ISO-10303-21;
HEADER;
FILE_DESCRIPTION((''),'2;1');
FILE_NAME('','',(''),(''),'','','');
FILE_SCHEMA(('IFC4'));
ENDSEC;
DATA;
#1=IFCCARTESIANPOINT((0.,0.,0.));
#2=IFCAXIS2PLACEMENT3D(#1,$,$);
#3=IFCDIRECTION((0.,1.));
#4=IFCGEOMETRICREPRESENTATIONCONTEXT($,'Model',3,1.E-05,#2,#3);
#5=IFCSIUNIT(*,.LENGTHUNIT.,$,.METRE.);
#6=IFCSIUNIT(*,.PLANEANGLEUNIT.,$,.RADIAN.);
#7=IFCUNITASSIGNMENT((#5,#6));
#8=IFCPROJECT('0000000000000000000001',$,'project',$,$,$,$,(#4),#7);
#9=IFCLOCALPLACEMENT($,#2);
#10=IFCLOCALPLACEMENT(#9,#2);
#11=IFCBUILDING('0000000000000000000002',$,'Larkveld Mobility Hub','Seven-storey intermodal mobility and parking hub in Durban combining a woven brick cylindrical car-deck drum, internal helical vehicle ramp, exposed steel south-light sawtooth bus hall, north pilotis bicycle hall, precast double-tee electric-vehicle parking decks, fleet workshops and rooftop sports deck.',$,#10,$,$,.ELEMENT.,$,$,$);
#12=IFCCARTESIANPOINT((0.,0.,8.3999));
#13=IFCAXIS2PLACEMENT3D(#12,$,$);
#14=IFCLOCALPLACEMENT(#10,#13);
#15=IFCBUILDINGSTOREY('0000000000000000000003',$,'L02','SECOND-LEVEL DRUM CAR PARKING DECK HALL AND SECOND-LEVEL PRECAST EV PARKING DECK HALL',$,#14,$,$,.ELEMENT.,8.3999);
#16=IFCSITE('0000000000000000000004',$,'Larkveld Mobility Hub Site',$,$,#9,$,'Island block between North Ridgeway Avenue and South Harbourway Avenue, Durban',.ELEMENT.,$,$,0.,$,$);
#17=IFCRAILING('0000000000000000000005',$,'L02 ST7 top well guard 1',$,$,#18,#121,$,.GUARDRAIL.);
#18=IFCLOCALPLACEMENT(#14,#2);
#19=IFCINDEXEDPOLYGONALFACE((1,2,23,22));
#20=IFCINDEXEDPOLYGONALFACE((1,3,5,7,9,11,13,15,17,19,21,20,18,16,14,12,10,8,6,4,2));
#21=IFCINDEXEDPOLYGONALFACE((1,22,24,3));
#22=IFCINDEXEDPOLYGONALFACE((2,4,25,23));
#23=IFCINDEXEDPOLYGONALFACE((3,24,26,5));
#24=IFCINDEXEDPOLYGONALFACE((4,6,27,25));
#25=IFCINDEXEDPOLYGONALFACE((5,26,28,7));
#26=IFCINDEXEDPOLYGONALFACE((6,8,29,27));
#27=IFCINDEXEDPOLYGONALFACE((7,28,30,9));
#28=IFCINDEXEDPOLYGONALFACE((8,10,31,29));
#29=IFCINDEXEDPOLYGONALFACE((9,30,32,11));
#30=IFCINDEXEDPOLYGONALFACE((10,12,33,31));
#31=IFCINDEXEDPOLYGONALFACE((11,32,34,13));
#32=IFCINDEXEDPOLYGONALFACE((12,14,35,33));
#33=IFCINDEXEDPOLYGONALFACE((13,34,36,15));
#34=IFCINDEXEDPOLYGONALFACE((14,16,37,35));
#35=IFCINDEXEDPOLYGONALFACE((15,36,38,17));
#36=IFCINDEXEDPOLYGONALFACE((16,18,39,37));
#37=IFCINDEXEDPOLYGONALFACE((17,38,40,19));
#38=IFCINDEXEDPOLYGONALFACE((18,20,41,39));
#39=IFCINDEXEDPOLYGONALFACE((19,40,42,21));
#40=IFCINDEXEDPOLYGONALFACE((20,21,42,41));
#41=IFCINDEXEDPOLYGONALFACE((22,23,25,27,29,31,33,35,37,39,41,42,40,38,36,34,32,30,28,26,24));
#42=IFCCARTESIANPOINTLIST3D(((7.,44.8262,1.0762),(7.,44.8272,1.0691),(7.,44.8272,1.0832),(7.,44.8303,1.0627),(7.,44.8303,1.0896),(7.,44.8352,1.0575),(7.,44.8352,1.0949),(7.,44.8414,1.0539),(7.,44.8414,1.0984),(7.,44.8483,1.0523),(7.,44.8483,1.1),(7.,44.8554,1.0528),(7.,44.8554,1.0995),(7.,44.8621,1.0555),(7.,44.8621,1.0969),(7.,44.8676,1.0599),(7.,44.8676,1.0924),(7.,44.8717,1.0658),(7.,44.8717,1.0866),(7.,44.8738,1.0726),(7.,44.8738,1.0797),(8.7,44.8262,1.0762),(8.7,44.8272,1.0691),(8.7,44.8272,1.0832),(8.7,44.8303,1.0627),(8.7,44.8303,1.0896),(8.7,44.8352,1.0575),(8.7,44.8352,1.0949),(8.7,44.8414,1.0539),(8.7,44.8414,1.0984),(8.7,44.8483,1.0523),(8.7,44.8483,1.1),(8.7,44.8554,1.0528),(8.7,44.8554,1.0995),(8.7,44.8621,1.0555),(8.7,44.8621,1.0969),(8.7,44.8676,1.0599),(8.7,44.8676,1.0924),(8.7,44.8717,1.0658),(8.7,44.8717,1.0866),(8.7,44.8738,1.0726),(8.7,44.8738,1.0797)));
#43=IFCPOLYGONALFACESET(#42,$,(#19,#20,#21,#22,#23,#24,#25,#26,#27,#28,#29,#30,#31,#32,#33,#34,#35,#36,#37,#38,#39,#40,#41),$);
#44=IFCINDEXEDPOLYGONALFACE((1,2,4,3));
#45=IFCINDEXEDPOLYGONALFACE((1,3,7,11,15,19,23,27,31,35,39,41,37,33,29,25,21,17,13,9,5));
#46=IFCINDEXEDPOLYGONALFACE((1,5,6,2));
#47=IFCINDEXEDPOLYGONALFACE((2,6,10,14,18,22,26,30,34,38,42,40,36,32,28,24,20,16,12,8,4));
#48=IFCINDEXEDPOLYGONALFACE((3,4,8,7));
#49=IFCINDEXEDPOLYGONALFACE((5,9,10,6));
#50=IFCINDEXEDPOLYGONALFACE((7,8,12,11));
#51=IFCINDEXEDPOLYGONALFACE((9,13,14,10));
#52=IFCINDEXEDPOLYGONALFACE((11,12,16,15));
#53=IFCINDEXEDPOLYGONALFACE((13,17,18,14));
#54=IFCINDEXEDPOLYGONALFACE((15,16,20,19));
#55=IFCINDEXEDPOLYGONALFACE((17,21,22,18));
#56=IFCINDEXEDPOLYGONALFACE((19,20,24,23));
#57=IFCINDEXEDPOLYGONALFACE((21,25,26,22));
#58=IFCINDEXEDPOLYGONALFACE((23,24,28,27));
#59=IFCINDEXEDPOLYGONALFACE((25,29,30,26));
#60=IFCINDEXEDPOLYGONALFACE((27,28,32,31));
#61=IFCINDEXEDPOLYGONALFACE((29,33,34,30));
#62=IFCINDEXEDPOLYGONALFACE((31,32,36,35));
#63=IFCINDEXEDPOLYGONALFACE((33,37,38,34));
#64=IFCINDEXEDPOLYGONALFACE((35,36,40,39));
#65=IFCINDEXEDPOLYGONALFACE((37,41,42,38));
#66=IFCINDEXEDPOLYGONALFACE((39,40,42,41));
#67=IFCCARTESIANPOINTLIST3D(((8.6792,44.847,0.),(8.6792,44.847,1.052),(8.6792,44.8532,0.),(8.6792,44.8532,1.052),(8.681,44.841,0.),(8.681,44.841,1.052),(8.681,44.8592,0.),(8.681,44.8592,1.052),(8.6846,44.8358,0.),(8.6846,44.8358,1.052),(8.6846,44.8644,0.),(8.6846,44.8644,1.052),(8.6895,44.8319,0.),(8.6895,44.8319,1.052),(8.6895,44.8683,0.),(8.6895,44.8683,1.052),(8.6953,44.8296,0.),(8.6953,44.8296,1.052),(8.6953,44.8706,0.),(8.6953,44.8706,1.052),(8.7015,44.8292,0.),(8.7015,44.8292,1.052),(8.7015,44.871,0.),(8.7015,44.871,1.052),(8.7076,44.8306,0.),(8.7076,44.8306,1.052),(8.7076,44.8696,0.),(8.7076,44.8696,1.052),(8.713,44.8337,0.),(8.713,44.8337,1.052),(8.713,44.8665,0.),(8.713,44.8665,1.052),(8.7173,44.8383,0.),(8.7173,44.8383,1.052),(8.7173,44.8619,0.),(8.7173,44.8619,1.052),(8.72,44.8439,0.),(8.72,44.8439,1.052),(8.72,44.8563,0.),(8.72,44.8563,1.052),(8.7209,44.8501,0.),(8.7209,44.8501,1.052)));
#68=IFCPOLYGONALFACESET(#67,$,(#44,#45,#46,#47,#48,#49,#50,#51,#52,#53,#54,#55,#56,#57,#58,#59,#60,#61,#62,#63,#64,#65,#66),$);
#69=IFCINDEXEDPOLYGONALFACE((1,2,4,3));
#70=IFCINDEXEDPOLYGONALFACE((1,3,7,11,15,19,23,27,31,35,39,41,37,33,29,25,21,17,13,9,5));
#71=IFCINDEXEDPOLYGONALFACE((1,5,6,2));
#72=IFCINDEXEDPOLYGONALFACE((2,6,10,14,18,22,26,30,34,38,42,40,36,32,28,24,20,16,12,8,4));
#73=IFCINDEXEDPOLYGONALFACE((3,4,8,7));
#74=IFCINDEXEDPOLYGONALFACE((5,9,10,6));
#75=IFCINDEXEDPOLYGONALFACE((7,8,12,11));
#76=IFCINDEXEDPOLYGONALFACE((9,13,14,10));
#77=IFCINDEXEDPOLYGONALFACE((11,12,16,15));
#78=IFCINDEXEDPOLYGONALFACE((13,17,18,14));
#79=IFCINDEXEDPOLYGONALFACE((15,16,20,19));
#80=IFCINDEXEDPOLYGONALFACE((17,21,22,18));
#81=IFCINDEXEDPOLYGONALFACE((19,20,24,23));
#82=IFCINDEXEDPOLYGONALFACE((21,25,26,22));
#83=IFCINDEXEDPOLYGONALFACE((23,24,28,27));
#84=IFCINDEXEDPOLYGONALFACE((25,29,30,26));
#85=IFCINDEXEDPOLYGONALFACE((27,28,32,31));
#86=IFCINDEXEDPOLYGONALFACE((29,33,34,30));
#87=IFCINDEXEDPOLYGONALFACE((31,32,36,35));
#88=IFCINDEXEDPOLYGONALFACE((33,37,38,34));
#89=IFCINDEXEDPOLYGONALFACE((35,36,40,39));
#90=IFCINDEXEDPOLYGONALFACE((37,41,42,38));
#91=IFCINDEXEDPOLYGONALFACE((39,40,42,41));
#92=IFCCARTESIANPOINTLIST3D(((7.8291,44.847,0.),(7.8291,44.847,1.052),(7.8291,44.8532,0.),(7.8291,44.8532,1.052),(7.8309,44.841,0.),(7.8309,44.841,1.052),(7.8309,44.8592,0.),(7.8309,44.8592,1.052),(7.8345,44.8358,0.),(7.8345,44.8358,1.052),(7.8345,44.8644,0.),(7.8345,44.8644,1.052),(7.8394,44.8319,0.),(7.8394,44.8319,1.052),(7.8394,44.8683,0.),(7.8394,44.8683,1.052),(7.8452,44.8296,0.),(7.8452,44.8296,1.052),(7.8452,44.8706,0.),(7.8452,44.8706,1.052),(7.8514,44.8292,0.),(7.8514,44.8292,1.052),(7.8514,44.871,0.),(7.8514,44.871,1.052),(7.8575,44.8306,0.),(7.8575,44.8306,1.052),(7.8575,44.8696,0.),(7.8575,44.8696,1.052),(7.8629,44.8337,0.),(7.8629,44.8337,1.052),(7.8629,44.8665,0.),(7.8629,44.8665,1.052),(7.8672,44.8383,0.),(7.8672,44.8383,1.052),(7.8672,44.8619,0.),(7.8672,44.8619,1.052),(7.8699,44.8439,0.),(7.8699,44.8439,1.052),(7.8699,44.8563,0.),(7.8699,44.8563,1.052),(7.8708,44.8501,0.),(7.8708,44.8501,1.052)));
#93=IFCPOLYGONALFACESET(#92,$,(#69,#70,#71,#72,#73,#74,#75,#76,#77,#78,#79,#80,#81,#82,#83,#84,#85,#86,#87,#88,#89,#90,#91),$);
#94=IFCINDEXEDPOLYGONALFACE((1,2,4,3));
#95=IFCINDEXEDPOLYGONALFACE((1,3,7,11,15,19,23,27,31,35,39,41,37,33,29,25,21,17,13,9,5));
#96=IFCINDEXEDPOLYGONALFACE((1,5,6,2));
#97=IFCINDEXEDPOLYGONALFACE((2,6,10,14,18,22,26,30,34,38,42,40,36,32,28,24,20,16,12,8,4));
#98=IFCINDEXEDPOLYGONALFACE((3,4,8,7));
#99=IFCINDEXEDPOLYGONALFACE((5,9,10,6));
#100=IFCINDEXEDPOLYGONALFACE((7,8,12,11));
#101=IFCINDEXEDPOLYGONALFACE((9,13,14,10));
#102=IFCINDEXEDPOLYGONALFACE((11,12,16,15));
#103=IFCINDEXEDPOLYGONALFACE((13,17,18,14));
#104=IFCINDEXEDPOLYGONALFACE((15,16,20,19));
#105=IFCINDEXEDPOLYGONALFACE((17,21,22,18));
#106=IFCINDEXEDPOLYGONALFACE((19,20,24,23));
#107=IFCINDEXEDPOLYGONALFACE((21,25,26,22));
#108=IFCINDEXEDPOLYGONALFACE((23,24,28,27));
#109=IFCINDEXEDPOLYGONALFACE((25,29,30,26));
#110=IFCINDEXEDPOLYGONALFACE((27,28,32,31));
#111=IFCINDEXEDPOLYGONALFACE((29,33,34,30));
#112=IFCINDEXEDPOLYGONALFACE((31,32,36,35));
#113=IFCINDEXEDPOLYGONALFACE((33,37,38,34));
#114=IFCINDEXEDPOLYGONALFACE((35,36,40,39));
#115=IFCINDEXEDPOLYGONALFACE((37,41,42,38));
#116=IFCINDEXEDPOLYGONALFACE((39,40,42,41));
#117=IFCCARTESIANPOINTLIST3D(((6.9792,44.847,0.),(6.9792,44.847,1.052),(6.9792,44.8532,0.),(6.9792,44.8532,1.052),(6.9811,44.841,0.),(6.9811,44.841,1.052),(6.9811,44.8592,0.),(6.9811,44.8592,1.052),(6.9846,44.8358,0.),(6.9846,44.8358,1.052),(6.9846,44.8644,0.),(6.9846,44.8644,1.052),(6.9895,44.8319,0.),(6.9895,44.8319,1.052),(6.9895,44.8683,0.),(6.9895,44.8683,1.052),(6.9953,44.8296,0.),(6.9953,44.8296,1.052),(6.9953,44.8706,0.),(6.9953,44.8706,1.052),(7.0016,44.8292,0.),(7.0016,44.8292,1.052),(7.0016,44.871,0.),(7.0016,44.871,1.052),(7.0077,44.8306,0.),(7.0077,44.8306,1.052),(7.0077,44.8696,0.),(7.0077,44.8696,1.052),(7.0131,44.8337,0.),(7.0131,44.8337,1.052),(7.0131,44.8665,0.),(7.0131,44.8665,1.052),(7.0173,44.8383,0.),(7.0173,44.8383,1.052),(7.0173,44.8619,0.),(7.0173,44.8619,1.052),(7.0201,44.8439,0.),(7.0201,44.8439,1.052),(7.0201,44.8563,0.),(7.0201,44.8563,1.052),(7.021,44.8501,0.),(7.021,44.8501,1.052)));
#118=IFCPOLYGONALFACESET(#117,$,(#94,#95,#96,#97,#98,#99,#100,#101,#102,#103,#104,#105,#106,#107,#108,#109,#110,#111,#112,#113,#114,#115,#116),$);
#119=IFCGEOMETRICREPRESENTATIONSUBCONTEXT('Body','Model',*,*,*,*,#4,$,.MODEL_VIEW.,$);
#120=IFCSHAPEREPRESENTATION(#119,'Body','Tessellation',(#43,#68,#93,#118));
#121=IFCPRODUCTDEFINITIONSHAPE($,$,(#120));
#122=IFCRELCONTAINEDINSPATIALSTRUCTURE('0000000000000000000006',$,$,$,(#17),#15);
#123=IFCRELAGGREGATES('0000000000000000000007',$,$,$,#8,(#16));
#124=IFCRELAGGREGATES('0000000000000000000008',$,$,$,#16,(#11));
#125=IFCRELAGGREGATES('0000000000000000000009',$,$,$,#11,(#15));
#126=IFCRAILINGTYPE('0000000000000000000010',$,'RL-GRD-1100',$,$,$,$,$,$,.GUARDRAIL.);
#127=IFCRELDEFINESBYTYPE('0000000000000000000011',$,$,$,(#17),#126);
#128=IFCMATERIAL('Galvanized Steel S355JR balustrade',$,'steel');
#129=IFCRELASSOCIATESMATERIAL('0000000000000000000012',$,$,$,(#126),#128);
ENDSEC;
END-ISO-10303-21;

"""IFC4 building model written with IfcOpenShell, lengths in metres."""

from ifc_helpers import new_model, si_unit, direction, frame, origin, origin_2d, place, context, subcontext, project, spatial, circle, extrude, material, type_object, element, save


model = new_model("IFC4")

# Units and contexts
model_context = context("Model", 3, precision=1e-05, world=origin(), true_north=direction((0.0, 1.0)))
body_context = subcontext(model_context, "Body", "Model", "MODEL_VIEW")
ifc_project = project(units=[si_unit("LENGTHUNIT", "METRE"), si_unit("PLANEANGLEUNIT", "RADIAN")], contexts=[model_context])

# Site, building, storey
site_placement = place(None, origin())
site = spatial("IfcSite", under=ifc_project, at=site_placement, Name="Larkveld Mobility Hub Site", LongName="Island block between North Ridgeway Avenue and South Harbourway Avenue, Durban", CompositionType="ELEMENT", RefElevation=0.0)
building_placement = place(site_placement, origin())
building = spatial("IfcBuilding", under=site, at=building_placement, Name="Larkveld Mobility Hub", Description="Seven-storey intermodal mobility and parking hub in Durban combining a woven brick cylindrical car-deck drum, internal helical vehicle ramp, exposed steel south-light sawtooth bus hall, north pilotis bicycle hall, precast double-tee electric-vehicle parking decks, fleet workshops and rooftop sports deck.", CompositionType="ELEMENT")
storey_placement = place(building_placement, frame((0.0, 0.0, 8.3999)))
storey = spatial("IfcBuildingStorey", under=building, at=storey_placement, Name="L02", Description="SECOND-LEVEL DRUM CAR PARKING DECK HALL AND SECOND-LEVEL PRECAST EV PARKING DECK HALL", CompositionType="ELEMENT", Elevation=8.3999)

# Railing
ifc_material_1 = material(Name="Galvanized Steel S355JR balustrade", Category="steel")
railing_type = type_object("IfcRailingType", Name="RL-GRD-1100", PredefinedType="GUARDRAIL", material=ifc_material_1)
railing_placement = place(storey_placement, frame((8.7, 44.8501, 0.0)))
element("IfcRailing", 1, at=railing_placement, inside=storey, type_object=railing_type, Name="L02 ST7 top well guard 1", PredefinedType="GUARDRAIL", context=body_context, shape_type="SweptSolid", body=[
    extrude(circle(Radius=0.0239, at=origin_2d()), frame((0.0, 0.0, 1.0762), z_axis=(-1.0, 0.0, 0.0), x_axis=(0.0, -1.0, 0.0)), (0.0, 0.0, 1.0), 1.7),
    extrude(circle(Radius=0.021, at=origin_2d()), origin(), (0.0, 0.0, 1.0), 1.052),
    extrude(circle(Radius=0.021, at=origin_2d()), frame((-0.8501, 0.0, 0.0)), (0.0, 0.0, 1.0), 1.052),
    extrude(circle(Radius=0.021, at=origin_2d()), frame((-1.7, 0.0, 0.0)), (0.0, 0.0, 1.0), 1.052),
])

save(model, "model.ifc")
